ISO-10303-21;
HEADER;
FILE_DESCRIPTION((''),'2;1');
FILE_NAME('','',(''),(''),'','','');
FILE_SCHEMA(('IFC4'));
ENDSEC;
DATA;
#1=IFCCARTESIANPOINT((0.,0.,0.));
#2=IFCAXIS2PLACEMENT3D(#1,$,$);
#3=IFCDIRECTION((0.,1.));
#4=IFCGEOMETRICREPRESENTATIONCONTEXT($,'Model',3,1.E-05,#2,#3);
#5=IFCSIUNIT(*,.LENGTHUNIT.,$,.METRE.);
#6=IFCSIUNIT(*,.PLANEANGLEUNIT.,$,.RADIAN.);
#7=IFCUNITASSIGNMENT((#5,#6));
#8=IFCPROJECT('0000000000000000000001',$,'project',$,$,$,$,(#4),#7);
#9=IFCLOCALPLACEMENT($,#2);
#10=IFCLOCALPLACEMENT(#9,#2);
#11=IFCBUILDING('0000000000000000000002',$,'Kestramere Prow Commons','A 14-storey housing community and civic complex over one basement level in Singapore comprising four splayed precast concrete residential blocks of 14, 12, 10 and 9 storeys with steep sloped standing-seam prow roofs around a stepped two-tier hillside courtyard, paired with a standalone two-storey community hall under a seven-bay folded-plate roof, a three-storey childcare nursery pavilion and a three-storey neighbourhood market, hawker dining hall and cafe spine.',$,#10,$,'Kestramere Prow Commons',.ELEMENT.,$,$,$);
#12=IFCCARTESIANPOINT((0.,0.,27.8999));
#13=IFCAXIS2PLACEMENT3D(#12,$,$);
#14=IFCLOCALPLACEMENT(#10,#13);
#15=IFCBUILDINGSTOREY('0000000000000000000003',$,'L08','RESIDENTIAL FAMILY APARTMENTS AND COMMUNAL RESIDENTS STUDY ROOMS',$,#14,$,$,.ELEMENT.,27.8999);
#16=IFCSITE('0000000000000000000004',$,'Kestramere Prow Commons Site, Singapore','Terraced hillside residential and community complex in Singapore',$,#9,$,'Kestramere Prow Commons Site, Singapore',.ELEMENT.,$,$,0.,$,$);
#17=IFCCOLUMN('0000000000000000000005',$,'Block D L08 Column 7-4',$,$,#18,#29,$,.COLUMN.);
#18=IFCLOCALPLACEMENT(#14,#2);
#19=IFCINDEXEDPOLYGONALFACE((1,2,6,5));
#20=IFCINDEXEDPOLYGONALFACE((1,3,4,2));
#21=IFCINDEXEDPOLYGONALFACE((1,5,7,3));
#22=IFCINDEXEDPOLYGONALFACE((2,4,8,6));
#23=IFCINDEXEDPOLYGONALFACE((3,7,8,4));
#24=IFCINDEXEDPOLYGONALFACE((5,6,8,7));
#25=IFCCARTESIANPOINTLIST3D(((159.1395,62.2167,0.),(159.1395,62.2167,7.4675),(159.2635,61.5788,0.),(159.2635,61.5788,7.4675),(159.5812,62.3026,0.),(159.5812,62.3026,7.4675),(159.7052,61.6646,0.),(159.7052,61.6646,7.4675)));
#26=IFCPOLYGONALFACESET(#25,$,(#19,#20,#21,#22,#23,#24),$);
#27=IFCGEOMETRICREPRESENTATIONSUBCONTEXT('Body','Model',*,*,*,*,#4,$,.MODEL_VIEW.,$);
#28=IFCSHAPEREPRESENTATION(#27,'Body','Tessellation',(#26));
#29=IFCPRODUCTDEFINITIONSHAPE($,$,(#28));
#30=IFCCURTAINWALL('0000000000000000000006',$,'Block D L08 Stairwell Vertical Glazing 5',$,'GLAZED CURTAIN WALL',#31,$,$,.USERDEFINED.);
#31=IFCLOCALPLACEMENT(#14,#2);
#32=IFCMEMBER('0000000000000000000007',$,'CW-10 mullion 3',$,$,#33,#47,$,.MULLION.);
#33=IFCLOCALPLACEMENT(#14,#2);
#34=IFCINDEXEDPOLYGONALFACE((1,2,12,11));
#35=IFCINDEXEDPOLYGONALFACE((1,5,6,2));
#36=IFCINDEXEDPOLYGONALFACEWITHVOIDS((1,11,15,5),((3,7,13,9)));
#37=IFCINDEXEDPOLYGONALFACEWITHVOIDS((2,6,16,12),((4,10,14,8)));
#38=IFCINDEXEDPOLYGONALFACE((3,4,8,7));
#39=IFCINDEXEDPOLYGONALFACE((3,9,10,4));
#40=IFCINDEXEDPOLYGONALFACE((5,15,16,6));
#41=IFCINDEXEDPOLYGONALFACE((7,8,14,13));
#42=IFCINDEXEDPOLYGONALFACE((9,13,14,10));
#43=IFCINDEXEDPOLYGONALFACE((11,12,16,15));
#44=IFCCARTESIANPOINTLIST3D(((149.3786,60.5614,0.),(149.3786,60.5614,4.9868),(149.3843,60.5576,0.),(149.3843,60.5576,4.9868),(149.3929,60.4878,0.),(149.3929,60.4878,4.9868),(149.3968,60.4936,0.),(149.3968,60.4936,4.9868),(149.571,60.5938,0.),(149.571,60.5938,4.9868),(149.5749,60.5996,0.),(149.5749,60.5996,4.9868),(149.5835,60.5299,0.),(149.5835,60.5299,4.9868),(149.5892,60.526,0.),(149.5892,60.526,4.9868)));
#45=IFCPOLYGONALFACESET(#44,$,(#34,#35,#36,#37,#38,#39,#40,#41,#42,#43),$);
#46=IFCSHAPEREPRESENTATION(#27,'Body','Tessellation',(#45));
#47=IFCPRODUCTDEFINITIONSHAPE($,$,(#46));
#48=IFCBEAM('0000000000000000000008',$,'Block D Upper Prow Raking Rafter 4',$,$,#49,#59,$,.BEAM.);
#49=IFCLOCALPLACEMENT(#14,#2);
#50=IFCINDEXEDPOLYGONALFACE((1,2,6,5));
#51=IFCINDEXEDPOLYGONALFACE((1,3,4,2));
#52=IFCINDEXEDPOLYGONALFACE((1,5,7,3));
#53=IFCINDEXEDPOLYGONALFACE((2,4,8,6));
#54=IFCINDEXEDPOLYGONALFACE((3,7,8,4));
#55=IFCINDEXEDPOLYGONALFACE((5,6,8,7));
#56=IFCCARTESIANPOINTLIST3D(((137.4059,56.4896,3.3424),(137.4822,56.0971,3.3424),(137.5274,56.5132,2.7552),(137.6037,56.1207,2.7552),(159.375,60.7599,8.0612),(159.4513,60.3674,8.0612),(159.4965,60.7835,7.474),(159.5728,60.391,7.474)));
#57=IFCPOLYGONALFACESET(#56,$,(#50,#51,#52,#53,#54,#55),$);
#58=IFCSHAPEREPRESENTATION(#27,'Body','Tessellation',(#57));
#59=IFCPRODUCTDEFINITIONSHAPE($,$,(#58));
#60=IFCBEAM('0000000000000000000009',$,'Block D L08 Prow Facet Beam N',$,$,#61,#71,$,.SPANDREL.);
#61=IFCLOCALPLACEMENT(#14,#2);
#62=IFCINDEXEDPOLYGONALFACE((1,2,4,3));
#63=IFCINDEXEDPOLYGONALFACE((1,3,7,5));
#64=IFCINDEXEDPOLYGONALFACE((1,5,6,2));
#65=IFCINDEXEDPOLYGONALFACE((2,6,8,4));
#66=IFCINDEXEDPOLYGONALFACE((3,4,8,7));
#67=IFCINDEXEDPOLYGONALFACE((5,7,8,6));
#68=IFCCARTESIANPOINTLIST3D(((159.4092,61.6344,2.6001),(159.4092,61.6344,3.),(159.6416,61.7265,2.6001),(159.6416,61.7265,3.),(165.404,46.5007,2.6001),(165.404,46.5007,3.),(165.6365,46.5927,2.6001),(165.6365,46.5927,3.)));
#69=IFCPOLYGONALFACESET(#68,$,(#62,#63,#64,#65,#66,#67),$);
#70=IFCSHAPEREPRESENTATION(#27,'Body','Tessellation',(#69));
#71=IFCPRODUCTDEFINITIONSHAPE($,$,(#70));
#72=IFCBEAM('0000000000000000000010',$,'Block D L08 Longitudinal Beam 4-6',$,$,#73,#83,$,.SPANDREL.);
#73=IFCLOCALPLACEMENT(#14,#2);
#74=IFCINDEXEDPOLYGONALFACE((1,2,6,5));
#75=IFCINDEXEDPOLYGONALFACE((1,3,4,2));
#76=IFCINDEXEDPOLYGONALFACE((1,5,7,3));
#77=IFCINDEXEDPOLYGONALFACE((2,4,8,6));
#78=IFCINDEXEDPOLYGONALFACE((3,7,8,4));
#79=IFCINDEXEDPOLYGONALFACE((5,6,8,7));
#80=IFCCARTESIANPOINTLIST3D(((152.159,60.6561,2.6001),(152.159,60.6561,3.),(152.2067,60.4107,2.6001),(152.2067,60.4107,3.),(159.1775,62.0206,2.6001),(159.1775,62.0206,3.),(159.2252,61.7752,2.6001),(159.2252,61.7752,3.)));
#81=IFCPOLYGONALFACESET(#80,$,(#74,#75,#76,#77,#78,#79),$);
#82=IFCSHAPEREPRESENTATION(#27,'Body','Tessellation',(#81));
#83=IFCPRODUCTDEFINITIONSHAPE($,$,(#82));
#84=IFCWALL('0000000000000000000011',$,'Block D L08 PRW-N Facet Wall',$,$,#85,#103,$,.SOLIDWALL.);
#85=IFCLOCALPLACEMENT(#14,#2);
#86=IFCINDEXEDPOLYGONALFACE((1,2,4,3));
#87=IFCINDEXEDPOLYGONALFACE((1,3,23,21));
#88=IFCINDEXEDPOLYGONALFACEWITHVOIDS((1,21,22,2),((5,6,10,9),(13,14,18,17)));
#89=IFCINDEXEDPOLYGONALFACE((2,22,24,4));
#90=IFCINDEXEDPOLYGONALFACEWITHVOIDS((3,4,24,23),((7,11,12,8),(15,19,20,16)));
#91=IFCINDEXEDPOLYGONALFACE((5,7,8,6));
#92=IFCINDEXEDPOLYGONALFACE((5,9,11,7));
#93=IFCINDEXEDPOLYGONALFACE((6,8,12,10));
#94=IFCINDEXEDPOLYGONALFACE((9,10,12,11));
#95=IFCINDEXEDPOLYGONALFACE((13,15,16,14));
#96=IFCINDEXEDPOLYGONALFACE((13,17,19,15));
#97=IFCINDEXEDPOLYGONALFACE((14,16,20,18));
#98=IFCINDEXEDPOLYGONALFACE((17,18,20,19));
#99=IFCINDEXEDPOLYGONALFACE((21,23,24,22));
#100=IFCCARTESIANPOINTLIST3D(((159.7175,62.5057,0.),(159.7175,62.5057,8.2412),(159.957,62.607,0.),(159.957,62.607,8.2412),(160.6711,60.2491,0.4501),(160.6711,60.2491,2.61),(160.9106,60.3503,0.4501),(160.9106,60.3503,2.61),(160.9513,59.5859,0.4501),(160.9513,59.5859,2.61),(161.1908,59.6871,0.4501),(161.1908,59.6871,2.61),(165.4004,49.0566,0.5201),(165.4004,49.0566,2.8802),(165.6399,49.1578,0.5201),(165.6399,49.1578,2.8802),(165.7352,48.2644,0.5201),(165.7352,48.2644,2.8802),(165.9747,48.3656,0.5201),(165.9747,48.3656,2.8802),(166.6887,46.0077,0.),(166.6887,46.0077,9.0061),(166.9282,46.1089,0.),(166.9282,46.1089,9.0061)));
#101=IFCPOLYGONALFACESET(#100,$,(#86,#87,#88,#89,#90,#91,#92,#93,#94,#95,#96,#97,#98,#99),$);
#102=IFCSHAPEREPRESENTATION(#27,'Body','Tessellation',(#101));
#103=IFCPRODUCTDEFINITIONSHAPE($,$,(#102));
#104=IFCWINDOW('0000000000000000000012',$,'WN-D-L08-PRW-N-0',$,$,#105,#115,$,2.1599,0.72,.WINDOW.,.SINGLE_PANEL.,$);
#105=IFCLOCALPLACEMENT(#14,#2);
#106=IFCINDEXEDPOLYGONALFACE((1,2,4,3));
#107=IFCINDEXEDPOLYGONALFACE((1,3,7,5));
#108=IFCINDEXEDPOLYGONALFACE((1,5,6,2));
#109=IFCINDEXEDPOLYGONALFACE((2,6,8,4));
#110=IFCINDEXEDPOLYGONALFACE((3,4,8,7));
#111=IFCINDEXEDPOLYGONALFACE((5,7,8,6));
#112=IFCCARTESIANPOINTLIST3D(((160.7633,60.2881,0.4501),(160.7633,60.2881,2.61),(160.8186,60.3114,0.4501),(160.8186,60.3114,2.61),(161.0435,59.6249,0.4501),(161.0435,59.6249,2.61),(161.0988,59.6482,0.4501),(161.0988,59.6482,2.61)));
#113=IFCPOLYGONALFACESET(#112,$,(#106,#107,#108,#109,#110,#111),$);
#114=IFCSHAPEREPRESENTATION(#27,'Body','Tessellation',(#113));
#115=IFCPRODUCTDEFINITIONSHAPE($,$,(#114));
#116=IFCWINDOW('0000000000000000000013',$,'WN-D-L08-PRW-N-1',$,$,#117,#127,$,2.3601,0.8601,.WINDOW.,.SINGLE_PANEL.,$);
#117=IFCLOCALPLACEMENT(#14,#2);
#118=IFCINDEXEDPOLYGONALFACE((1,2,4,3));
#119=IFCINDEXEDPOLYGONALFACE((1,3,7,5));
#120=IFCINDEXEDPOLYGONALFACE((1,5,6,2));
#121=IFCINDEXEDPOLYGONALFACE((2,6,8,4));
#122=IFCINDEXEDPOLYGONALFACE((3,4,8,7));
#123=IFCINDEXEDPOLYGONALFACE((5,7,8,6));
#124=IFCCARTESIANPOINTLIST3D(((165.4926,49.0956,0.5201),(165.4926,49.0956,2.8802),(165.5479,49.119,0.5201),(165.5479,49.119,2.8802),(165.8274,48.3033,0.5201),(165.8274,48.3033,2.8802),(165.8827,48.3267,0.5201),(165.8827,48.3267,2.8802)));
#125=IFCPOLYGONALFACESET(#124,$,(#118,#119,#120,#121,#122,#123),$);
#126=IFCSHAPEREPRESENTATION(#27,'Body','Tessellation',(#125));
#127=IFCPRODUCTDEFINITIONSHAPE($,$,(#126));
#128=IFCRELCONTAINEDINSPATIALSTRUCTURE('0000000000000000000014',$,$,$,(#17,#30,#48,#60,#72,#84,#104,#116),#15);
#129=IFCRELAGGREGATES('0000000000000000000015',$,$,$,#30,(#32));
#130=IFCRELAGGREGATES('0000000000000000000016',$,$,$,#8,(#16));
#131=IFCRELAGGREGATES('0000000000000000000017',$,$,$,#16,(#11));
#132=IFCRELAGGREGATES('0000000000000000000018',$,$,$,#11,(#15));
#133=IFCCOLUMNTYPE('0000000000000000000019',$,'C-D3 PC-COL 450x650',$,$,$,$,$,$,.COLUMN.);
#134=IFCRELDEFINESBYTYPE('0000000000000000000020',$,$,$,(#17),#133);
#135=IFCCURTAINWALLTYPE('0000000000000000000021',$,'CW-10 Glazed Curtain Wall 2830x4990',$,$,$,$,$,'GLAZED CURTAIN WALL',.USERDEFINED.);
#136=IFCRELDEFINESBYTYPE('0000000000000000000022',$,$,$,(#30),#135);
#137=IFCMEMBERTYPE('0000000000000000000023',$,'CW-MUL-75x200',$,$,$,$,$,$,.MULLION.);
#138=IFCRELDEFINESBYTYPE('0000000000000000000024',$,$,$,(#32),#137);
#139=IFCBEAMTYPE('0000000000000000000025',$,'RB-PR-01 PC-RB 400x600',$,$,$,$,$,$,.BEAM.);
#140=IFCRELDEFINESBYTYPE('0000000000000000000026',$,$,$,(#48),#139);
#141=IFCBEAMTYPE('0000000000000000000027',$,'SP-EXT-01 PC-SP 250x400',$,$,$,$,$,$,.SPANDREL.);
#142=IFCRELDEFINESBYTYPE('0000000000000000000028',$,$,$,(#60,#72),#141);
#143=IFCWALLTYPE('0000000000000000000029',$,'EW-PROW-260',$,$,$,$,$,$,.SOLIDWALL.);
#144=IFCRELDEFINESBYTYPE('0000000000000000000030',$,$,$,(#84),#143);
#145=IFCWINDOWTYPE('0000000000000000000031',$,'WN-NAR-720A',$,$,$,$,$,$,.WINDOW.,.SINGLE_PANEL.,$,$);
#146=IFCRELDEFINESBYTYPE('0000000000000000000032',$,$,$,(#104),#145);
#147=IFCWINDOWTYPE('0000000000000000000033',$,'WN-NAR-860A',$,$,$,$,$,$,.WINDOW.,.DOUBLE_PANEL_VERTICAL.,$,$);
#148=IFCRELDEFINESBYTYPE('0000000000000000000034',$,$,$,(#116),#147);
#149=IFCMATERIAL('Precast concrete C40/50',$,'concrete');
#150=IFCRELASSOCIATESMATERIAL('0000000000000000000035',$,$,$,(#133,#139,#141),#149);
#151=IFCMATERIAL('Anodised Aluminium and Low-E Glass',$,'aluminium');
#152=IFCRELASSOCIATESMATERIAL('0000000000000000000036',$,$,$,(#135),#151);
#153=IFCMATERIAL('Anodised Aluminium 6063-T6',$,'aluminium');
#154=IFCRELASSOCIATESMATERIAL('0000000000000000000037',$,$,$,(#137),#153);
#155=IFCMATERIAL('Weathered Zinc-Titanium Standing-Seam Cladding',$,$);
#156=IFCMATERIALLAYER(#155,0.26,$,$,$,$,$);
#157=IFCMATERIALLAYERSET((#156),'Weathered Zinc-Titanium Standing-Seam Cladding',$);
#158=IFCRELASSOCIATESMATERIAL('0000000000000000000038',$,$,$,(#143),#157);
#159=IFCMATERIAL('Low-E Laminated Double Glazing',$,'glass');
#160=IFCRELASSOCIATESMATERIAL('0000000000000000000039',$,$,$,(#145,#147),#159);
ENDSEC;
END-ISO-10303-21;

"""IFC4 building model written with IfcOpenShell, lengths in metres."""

from ifc_helpers import new_model, si_unit, direction, frame, frame_2d, origin, origin_2d, place, context, subcontext, project, spatial, polyline, rectangle, hollow_rectangle, outline, extrude, material, layer, layer_set, material_profile, profile_set, type_object, element, fill, aggregate, save


model = new_model("IFC4")

# Units and contexts
model_context = context("Model", 3, precision=1e-05, world=origin(), true_north=direction((0.0, 1.0)))
body_context = subcontext(model_context, "Body", "Model", "MODEL_VIEW")
ifc_project = project(units=[si_unit("LENGTHUNIT", "METRE"), si_unit("PLANEANGLEUNIT", "RADIAN")], contexts=[model_context])

# Site, building, storey
site_placement = place(None, origin())
site = spatial("IfcSite", under=ifc_project, at=site_placement, Name="Kestramere Prow Commons Site, Singapore", Description="Terraced hillside residential and community complex in Singapore", LongName="Kestramere Prow Commons Site, Singapore", CompositionType="ELEMENT", RefElevation=0.0)
building_placement = place(site_placement, origin())
building = spatial("IfcBuilding", under=site, at=building_placement, Name="Kestramere Prow Commons", Description="A 14-storey housing community and civic complex over one basement level in Singapore comprising four splayed precast concrete residential blocks of 14, 12, 10 and 9 storeys with steep sloped standing-seam prow roofs around a stepped two-tier hillside courtyard, paired with a standalone two-storey community hall under a seven-bay folded-plate roof, a three-storey childcare nursery pavilion and a three-storey neighbourhood market, hawker dining hall and cafe spine.", LongName="Kestramere Prow Commons", CompositionType="ELEMENT")
storey_placement = place(building_placement, frame((0.0, 0.0, 27.8999)))
storey = spatial("IfcBuildingStorey", under=building, at=storey_placement, Name="L08", Description="RESIDENTIAL FAMILY APARTMENTS AND COMMUNAL RESIDENTS STUDY ROOMS", CompositionType="ELEMENT", Elevation=27.8999)

# Column
ifc_material_1 = material(Name="Precast concrete C40/50", Category="concrete")
ifc_material_profile_1 = material_profile(ifc_material_1, rectangle(XDim=0.45, YDim=0.6499, at=origin_2d()), Name="PC-COL 450x650")
ifc_profile_set_1 = profile_set([ifc_material_profile_1], Name="Precast concrete C40/50")
column_type = type_object("IfcColumnType", Name="C-D3 PC-COL 450x650", PredefinedType="COLUMN", material=ifc_profile_set_1)
column_placement = place(storey_placement, frame((159.4224, 61.9407, 0.0), z_axis=(0.0, 0.0, 1.0), x_axis=(0.981627, 0.190809, 0.0)))
element("IfcColumn", 1, at=column_placement, inside=storey, type_object=column_type, Name="Block D L08 Column 7-4", PredefinedType="COLUMN", context=body_context, shape_type="SweptSolid", body=[
    extrude(rectangle(XDim=0.45, YDim=0.6499, at=origin_2d()), origin(), (0.0, 0.0, 1.0), 7.4675),
])

# Curtain wall, member
ifc_material_2 = material(Name="Anodised Aluminium and Low-E Glass", Category="aluminium")
curtain_wall_type = type_object("IfcCurtainWallType", Name="CW-10 Glazed Curtain Wall 2830x4990", ElementType="GLAZED CURTAIN WALL", PredefinedType="USERDEFINED", material=ifc_material_2)
curtain_wall_placement = place(storey_placement, origin())
curtain_wall = element("IfcCurtainWall", 2, at=curtain_wall_placement, inside=storey, type_object=curtain_wall_type, Name="Block D L08 Stairwell Vertical Glazing 5", ObjectType="GLAZED CURTAIN WALL", PredefinedType="USERDEFINED")
ifc_material_3 = material(Name="Anodised Aluminium 6063-T6", Category="aluminium")
ifc_material_profile_2 = material_profile(ifc_material_3, hollow_rectangle(XDim=0.075, YDim=0.2, WallThickness=0.0049, at=origin_2d()), Name="ALU-MUL 75x200")
ifc_profile_set_2 = profile_set([ifc_material_profile_2], Name="Anodised Aluminium 6063-T6")
member_type = type_object("IfcMemberType", Name="CW-MUL-75x200", PredefinedType="MULLION", material=ifc_profile_set_2)
member_placement = place(storey_placement, frame((149.4839, 60.5437, 0.0), z_axis=(0.0, 0.0, 1.0), x_axis=(-0.190809, 0.981627, 0.0)))
member = element("IfcMember", 3, at=member_placement, type_object=member_type, Name="CW-10 mullion 3", PredefinedType="MULLION", context=body_context, shape_type="SweptSolid", body=[
    extrude(hollow_rectangle(XDim=0.075, YDim=0.2, WallThickness=0.0049, at=origin_2d()), origin(), (0.0, 0.0, 1.0), 4.9868),
])
aggregate(curtain_wall, [member])

# Beams
ifc_material_profile_3 = material_profile(ifc_material_1, rectangle(XDim=0.3999, YDim=0.6001, at=origin_2d()), Name="PC-RB 400x600")
ifc_profile_set_3 = profile_set([ifc_material_profile_3], Name="Precast concrete C40/50")
beam_type_1 = type_object("IfcBeamType", Name="RB-PR-01 PC-RB 400x600", PredefinedType="BEAM", material=ifc_profile_set_3)
beam_1_placement = place(storey_placement, frame((159.4739, 60.5754, 7.7676), z_axis=(-0.96051, -0.186701, -0.206309), x_axis=(0.190806, -0.981628, 0.0)))
element("IfcBeam", 4, at=beam_1_placement, inside=storey, type_object=beam_type_1, Name="Block D Upper Prow Raking Rafter 4", PredefinedType="BEAM", context=body_context, shape_type="SweptSolid", body=[
    extrude(rectangle(XDim=0.3999, YDim=0.6001, at=origin_2d()), origin(), (0.0, 0.0, 1.0), 22.8723),
])
ifc_material_profile_4 = material_profile(ifc_material_1, rectangle(XDim=0.25, YDim=0.3999, at=origin_2d()), Name="PC-SP 250x400")
ifc_profile_set_4 = profile_set([ifc_material_profile_4], Name="Precast concrete C40/50")
beam_type_2 = type_object("IfcBeamType", Name="SP-EXT-01 PC-SP 250x400", PredefinedType="SPANDREL", material=ifc_profile_set_4)
beam_2_placement = place(storey_placement, frame((159.5254, 61.6804, 2.8), z_axis=(0.368283, -0.929714, 0.0), x_axis=(0.929714, 0.368283, 0.0)))
element("IfcBeam", 5, at=beam_2_placement, inside=storey, type_object=beam_type_2, Name="Block D L08 Prow Facet Beam N", PredefinedType="SPANDREL", context=body_context, shape_type="SweptSolid", body=[
    extrude(rectangle(XDim=0.25, YDim=0.3999, at=origin_2d()), origin(), (0.0, 0.0, 1.0), 16.2778),
])
beam_3_placement = place(storey_placement, frame((152.1829, 60.5334, 2.8), z_axis=(0.981621, 0.19084, 0.0), x_axis=(-0.19084, 0.981621, 0.0)))
element("IfcBeam", 6, at=beam_3_placement, inside=storey, type_object=beam_type_2, Name="Block D L08 Longitudinal Beam 4-6", PredefinedType="SPANDREL", context=body_context, shape_type="SweptSolid", body=[
    extrude(rectangle(XDim=0.25, YDim=0.3999, at=origin_2d()), origin(), (0.0, 0.0, 1.0), 7.1499),
])

# Wall, openings, windows
ifc_material_4 = material(Name="Weathered Zinc-Titanium Standing-Seam Cladding")
ifc_layer_1 = layer(ifc_material_4, 0.26)
ifc_layer_set_1 = layer_set([ifc_layer_1], Name="Weathered Zinc-Titanium Standing-Seam Cladding")
wall_type_1 = type_object("IfcWallType", Name="EW-PROW-260", PredefinedType="SOLIDWALL", material=ifc_layer_set_1)
wall_1_placement = place(storey_placement, frame((159.8374, 62.5564, 0.0), z_axis=(0.0, 0.0, 1.0), x_axis=(0.389226, -0.921142, 0.0)))
wall_1 = element("IfcWall", 7, at=wall_1_placement, inside=storey, type_object=wall_type_1, Name="Block D L08 PRW-N Facet Wall", PredefinedType="SOLIDWALL", context=body_context, shape_type="SweptSolid", body=[
    extrude(outline(polyline([(0.0, 0.0), (17.9104, 0.0), (17.9104, 9.0061), (0.0, 8.2412), (0.0, 0.0)])), frame((0.0, 0.1299, 0.0), z_axis=(0.0, -1.0, 0.0), x_axis=(1.0, 0.0, 0.0)), (0.0, 0.0, 1.0), 0.26),
])
opening_1_placement = place(wall_1_placement, frame((2.45, 0.0, 0.45)))
opening_1 = element("IfcOpeningElement", 8, at=opening_1_placement, cuts=wall_1, PredefinedType="OPENING", context=body_context, shape_type="SweptSolid", body=[
    extrude(rectangle(XDim=0.72, YDim=2.1599, at=frame_2d((0.3599, 1.0801))), frame((0.0, 0.145, 0.0), z_axis=(0.0, -1.0, 0.0), x_axis=(1.0, 0.0, 0.0)), (0.0, 0.0, 1.0), 0.29),
])
opening_2_placement = place(wall_1_placement, frame((14.6003, 0.0, 0.52)))
opening_2 = element("IfcOpeningElement", 9, at=opening_2_placement, cuts=wall_1, PredefinedType="OPENING", context=body_context, shape_type="SweptSolid", body=[
    extrude(rectangle(XDim=0.8601, YDim=2.3601, at=frame_2d((0.4302, 1.1802))), frame((0.0, 0.145, 0.0), z_axis=(0.0, -1.0, 0.0), x_axis=(1.0, 0.0, 0.0)), (0.0, 0.0, 1.0), 0.29),
])
ifc_material_5 = material(Name="Low-E Laminated Double Glazing", Category="glass")
window_type_1 = type_object("IfcWindowType", Name="WN-NAR-720A", PartitioningType="SINGLE_PANEL", PredefinedType="WINDOW", material=ifc_material_5)
window_1_placement = place(opening_1_placement, origin())
window_1 = element("IfcWindow", 10, at=window_1_placement, inside=storey, type_object=window_type_1, Name="WN-D-L08-PRW-N-0", OverallHeight=2.1599, OverallWidth=0.72, PartitioningType="SINGLE_PANEL", PredefinedType="WINDOW", context=body_context, shape_type="SweptSolid", body=[
    extrude(rectangle(XDim=0.72, YDim=2.1599, at=frame_2d((0.3599, 1.0801))), frame((0.0, 0.03, 0.0), z_axis=(0.0, -1.0, 0.0), x_axis=(1.0, 0.0, 0.0)), (0.0, 0.0, 1.0), 0.0601),
])
fill(opening_1, window_1)
window_type_2 = type_object("IfcWindowType", Name="WN-NAR-860A", PartitioningType="DOUBLE_PANEL_VERTICAL", PredefinedType="WINDOW", material=ifc_material_5)
window_2_placement = place(opening_2_placement, origin())
window_2 = element("IfcWindow", 11, at=window_2_placement, inside=storey, type_object=window_type_2, Name="WN-D-L08-PRW-N-1", OverallHeight=2.3601, OverallWidth=0.8601, PartitioningType="SINGLE_PANEL", PredefinedType="WINDOW", context=body_context, shape_type="SweptSolid", body=[
    extrude(rectangle(XDim=0.8601, YDim=2.3601, at=frame_2d((0.4302, 1.1802))), frame((0.0, 0.03, 0.0), z_axis=(0.0, -1.0, 0.0), x_axis=(1.0, 0.0, 0.0)), (0.0, 0.0, 1.0), 0.0601),
])
fill(opening_2, window_2)

save(model, "model.ifc")
